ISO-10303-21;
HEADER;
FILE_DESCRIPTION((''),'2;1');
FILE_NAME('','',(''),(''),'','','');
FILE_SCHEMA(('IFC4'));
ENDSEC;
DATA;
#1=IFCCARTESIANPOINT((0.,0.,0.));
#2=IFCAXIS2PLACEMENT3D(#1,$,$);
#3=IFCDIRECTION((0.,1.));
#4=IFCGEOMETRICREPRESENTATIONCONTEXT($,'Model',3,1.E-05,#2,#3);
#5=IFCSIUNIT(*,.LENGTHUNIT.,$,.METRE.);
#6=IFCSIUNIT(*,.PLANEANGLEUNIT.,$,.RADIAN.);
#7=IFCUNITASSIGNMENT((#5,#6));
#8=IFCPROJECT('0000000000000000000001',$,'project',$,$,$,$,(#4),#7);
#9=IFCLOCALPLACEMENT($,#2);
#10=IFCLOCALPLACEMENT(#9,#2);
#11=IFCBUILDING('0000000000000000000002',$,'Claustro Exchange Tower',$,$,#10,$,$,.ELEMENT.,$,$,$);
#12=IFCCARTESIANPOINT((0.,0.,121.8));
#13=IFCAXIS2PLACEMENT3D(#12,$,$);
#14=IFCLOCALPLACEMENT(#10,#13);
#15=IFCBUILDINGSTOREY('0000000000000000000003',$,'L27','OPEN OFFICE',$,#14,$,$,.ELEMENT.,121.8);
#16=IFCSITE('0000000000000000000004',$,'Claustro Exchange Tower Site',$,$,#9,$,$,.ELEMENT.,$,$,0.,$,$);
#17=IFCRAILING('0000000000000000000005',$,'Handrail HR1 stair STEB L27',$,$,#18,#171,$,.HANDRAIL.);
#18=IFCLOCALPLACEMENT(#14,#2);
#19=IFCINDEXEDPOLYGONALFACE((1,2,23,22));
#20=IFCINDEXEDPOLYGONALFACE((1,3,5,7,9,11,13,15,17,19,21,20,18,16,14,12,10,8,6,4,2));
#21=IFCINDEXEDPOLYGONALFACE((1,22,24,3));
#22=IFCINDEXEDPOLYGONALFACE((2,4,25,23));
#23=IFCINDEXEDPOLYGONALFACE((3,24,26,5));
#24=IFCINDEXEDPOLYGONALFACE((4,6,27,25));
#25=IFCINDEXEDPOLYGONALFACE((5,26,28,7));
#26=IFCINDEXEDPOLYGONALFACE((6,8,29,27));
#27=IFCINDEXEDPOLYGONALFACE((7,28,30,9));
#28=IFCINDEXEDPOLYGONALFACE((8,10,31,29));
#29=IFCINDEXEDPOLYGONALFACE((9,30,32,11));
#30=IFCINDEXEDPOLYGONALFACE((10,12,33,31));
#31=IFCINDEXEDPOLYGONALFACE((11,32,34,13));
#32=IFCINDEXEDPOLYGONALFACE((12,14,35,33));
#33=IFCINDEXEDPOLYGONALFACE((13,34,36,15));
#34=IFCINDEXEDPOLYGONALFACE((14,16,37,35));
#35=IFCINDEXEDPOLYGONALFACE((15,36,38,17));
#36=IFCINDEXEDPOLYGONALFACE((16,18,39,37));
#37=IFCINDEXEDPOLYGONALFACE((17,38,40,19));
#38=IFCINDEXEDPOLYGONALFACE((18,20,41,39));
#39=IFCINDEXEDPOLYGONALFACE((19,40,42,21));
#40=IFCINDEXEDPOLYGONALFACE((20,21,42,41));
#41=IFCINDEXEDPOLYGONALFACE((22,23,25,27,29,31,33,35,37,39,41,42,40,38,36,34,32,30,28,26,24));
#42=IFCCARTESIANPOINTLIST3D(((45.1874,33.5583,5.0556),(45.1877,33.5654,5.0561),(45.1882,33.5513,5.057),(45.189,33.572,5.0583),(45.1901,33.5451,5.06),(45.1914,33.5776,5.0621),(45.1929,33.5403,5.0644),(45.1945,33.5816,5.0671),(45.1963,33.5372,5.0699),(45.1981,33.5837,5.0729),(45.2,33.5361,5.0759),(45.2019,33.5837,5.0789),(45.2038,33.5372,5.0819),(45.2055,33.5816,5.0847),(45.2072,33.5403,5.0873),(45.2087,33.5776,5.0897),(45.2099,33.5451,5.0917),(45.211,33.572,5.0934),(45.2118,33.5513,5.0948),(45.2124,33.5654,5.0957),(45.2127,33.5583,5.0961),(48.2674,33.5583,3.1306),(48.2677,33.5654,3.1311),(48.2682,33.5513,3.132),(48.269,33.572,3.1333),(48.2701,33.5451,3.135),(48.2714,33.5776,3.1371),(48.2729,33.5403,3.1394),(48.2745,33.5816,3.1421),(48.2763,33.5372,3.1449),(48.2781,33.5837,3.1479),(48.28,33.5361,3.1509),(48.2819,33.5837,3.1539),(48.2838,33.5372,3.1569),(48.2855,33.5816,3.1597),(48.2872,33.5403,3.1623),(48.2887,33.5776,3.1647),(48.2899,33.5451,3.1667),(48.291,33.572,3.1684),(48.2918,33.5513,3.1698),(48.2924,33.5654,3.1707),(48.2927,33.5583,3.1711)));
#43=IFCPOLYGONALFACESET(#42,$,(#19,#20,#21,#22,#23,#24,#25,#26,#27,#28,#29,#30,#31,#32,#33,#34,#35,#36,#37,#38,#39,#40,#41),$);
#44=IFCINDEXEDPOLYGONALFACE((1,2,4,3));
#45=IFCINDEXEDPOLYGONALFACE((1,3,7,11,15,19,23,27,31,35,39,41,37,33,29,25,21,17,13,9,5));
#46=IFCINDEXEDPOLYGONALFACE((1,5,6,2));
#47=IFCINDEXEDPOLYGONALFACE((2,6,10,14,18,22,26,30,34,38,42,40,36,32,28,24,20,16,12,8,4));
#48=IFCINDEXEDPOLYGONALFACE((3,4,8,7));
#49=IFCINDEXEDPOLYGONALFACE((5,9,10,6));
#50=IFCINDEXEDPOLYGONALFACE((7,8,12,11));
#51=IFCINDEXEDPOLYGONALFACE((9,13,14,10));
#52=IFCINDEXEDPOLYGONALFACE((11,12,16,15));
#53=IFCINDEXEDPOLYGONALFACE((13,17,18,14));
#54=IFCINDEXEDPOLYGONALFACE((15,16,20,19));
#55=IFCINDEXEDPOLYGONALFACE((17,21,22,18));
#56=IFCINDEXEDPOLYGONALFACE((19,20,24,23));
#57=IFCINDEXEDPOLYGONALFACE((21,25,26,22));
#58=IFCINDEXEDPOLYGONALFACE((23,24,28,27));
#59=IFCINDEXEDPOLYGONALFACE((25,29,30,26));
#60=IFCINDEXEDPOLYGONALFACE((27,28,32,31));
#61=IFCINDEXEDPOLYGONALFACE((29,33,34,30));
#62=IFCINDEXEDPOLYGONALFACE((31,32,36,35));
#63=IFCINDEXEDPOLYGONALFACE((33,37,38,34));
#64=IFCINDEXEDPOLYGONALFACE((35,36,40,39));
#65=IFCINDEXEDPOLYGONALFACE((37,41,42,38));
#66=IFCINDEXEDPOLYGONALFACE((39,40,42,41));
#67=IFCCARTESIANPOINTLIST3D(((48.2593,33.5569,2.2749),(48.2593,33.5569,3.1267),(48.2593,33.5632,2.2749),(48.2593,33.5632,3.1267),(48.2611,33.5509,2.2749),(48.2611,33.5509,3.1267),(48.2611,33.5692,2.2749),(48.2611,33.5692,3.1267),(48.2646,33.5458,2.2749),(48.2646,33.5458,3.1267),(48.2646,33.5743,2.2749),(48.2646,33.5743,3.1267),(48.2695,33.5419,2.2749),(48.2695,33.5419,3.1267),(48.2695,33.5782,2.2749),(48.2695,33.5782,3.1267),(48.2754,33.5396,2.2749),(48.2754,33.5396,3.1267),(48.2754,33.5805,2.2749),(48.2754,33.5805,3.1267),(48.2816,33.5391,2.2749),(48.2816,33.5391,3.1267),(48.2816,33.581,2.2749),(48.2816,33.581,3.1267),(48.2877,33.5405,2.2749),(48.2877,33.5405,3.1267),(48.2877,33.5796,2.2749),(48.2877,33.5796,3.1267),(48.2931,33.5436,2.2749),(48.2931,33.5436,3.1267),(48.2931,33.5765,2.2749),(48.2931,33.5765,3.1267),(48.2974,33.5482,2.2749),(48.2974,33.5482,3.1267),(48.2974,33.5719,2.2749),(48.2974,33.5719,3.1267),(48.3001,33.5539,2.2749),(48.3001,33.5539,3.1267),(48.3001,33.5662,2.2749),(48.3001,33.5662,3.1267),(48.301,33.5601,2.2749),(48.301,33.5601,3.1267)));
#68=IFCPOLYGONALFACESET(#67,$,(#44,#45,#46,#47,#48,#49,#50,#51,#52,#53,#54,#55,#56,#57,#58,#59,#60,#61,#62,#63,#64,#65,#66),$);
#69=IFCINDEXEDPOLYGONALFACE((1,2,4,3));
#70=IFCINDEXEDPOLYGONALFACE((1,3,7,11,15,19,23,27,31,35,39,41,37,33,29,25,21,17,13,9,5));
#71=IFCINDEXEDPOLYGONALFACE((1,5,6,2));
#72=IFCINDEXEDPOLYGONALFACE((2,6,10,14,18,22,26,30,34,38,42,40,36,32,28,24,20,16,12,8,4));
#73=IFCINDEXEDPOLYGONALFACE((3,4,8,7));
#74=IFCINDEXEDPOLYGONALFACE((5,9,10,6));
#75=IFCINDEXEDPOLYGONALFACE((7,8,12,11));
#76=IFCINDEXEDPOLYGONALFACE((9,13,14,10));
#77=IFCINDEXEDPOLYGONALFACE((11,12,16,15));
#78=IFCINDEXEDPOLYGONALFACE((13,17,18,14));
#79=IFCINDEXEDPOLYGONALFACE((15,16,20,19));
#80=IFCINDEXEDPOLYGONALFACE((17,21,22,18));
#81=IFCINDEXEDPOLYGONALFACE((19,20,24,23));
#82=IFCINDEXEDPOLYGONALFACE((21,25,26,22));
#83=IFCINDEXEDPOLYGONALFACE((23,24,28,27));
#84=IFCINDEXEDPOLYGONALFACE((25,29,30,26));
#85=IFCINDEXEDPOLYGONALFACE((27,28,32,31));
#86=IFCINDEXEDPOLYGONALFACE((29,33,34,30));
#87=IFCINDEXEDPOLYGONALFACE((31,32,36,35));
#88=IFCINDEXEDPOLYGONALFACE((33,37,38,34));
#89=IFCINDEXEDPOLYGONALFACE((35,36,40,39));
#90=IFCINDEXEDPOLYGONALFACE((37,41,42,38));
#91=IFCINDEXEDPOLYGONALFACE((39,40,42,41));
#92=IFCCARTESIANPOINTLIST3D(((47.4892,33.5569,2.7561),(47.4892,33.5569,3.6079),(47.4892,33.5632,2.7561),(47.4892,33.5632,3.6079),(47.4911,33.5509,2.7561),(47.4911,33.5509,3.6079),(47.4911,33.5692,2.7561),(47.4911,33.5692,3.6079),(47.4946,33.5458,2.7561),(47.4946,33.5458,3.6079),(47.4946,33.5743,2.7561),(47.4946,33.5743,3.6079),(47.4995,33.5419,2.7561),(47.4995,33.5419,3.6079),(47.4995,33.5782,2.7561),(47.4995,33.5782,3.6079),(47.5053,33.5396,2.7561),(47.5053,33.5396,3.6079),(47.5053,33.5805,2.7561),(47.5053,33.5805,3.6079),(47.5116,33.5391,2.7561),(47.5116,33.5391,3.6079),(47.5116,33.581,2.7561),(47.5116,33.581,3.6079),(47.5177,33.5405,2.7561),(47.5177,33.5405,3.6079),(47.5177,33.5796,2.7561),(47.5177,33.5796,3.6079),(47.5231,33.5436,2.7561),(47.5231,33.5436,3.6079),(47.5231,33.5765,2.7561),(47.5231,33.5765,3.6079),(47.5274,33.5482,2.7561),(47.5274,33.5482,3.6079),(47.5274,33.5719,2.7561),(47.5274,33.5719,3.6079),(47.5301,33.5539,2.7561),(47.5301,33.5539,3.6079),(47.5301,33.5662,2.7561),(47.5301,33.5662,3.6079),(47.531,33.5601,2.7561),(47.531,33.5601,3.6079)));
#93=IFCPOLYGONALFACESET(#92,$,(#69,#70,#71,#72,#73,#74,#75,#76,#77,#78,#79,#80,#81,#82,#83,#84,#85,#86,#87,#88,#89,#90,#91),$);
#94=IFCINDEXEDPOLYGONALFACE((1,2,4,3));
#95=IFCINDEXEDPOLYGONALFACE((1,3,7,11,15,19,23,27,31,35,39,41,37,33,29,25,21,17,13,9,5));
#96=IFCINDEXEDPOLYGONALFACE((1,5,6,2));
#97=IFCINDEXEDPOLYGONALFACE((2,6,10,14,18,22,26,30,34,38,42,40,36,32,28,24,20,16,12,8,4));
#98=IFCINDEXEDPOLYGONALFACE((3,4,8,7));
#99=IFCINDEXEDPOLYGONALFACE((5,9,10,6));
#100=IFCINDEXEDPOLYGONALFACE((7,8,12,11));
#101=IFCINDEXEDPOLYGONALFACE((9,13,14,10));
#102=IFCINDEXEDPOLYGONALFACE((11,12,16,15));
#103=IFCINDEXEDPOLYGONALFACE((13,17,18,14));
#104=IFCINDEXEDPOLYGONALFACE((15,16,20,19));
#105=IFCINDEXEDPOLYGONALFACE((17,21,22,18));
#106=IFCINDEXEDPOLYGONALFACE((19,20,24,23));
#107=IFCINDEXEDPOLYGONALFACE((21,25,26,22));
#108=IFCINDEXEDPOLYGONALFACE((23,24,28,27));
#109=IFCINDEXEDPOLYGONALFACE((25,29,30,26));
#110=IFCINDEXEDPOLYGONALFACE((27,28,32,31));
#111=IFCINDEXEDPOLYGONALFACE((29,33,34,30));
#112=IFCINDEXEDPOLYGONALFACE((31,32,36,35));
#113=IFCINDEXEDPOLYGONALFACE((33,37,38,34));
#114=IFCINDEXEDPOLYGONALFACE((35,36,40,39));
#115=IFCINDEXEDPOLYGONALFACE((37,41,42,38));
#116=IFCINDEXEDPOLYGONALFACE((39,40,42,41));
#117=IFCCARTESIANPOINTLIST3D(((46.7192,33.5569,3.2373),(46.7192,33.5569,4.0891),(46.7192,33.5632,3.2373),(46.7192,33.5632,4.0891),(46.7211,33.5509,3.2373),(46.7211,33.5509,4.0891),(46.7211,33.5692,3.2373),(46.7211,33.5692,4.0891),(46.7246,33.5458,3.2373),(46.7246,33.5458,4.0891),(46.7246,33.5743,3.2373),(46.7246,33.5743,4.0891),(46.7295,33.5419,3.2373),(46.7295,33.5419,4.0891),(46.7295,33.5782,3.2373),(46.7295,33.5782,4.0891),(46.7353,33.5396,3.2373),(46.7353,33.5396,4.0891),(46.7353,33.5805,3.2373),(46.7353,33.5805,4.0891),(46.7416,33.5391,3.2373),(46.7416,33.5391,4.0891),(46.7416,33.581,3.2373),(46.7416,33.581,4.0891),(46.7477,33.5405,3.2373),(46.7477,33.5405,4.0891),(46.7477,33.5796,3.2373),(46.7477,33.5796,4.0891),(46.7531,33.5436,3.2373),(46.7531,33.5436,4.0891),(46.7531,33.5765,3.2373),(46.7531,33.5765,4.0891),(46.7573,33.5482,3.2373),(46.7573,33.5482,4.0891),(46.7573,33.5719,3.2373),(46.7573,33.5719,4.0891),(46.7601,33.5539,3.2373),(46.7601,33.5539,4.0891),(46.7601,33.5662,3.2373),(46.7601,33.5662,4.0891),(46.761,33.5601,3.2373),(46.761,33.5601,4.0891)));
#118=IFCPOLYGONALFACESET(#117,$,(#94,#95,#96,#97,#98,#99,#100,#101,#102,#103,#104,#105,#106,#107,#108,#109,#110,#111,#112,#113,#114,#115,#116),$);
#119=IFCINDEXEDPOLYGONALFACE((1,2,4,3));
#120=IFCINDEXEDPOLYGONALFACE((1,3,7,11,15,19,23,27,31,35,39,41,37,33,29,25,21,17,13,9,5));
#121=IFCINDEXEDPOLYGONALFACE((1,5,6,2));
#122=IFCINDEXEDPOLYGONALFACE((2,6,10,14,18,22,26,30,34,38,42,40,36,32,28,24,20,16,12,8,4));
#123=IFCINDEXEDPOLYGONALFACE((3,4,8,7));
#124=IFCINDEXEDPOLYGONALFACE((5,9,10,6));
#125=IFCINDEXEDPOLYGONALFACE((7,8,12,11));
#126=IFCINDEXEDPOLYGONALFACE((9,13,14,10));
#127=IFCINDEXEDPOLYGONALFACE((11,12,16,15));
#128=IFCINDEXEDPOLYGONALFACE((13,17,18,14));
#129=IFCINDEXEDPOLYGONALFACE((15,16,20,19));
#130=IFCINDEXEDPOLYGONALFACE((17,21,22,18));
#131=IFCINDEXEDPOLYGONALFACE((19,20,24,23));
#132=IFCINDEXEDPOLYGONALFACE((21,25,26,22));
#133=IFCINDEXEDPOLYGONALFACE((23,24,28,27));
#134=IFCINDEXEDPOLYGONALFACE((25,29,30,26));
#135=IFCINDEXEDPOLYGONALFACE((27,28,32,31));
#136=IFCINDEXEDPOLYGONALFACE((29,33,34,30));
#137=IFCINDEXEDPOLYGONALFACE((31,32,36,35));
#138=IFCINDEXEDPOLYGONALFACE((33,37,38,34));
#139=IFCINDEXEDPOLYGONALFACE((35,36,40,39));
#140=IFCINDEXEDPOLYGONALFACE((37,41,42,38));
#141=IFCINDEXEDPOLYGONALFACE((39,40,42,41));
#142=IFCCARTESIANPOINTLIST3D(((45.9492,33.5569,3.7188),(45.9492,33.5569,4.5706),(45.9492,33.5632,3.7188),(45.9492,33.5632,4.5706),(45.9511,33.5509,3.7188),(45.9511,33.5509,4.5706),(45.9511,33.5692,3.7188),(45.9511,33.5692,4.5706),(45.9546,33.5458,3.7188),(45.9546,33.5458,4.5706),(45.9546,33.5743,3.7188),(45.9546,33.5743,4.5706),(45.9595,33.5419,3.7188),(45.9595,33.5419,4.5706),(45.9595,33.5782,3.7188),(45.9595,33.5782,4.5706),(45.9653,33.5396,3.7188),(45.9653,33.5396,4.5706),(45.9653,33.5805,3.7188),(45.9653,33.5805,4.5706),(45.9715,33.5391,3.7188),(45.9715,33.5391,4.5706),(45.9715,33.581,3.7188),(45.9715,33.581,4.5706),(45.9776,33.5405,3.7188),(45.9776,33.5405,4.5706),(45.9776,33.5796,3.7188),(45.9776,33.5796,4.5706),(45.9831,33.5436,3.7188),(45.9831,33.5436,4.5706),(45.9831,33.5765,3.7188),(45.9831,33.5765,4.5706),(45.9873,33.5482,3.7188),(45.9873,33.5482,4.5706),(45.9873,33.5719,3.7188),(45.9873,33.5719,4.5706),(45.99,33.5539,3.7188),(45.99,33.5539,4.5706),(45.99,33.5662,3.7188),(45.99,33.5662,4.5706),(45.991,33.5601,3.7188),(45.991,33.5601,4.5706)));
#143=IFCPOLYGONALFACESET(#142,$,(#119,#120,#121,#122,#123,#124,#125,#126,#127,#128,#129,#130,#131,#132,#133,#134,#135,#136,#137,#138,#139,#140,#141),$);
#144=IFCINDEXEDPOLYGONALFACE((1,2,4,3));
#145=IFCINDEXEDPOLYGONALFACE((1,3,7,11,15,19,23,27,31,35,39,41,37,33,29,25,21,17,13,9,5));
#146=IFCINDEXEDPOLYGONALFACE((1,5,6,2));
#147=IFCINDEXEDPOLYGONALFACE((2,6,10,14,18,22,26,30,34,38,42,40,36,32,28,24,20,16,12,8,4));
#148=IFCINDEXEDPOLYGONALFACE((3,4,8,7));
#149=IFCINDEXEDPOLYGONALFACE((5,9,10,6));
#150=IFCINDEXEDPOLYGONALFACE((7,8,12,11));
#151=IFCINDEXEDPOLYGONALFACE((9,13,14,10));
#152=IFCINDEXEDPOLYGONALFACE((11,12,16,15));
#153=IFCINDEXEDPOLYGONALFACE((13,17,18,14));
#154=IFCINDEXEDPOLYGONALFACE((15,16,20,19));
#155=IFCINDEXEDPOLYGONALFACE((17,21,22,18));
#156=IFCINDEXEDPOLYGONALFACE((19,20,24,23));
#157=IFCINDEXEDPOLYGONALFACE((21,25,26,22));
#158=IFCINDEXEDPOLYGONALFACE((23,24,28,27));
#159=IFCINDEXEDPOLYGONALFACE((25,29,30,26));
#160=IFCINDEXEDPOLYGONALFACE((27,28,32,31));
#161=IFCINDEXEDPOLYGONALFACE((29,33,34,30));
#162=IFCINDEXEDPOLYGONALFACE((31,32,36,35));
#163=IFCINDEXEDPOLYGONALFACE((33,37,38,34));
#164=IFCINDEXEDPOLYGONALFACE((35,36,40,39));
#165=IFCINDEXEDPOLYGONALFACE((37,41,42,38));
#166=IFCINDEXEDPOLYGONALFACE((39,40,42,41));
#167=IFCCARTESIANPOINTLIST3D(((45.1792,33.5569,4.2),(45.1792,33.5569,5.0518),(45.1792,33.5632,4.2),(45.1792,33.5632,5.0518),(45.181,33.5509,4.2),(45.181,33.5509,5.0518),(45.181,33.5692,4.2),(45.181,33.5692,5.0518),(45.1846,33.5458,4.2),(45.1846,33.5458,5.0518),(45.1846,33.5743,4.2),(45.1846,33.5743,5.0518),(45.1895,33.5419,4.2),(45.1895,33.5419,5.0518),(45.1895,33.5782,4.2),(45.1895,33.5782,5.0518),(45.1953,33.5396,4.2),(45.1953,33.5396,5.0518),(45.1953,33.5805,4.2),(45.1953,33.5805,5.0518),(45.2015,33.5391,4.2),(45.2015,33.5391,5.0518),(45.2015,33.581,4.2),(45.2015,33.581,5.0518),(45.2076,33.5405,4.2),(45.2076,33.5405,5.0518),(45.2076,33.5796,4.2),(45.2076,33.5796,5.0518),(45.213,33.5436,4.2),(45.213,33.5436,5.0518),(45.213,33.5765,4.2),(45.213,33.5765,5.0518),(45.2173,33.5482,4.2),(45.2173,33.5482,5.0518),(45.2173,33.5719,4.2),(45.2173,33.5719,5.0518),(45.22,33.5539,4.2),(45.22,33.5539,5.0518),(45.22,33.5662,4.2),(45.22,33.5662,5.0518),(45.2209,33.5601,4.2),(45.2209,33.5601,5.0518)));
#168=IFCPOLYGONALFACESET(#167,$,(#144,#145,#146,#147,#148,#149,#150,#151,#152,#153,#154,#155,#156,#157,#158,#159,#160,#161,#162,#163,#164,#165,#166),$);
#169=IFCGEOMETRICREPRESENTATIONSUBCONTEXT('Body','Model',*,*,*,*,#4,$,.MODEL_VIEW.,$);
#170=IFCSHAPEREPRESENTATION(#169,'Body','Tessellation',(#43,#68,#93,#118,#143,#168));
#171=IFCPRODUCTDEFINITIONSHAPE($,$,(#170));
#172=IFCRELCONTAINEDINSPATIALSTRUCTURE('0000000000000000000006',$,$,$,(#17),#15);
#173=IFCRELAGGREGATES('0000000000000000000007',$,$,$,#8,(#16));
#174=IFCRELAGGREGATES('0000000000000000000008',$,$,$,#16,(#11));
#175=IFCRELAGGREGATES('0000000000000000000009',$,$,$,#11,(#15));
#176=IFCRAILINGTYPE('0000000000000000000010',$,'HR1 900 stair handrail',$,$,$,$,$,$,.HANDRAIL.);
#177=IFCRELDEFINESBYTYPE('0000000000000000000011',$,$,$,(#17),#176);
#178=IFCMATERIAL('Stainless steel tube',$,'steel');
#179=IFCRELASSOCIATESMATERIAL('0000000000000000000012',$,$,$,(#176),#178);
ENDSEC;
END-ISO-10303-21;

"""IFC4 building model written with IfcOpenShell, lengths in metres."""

from ifc_helpers import new_model, si_unit, direction, frame, origin, origin_2d, place, context, subcontext, project, spatial, circle, extrude, material, type_object, element, save


model = new_model("IFC4")

# Units and contexts
model_context = context("Model", 3, precision=1e-05, world=origin(), true_north=direction((0.0, 1.0)))
body_context = subcontext(model_context, "Body", "Model", "MODEL_VIEW")
ifc_project = project(units=[si_unit("LENGTHUNIT", "METRE"), si_unit("PLANEANGLEUNIT", "RADIAN")], contexts=[model_context])

# Site, building, storey
site_placement = place(None, origin())
site = spatial("IfcSite", under=ifc_project, at=site_placement, Name="Claustro Exchange Tower Site", CompositionType="ELEMENT", RefElevation=0.0)
building_placement = place(site_placement, origin())
building = spatial("IfcBuilding", under=site, at=building_placement, Name="Claustro Exchange Tower", CompositionType="ELEMENT")
storey_placement = place(building_placement, frame((0.0, 0.0, 121.8)))
storey = spatial("IfcBuildingStorey", under=building, at=storey_placement, Name="L27", Description="OPEN OFFICE", CompositionType="ELEMENT", Elevation=121.8)

# Railing
ifc_material_1 = material(Name="Stainless steel tube", Category="steel")
railing_type_1 = type_object("IfcRailingType", Name="HR1 900 stair handrail", PredefinedType="HANDRAIL", material=ifc_material_1)
railing_1_placement = place(storey_placement, frame((48.28, 33.5601, 2.2749)))
element("IfcRailing", 1, at=railing_1_placement, inside=storey, type_object=railing_type_1, Name="Handrail HR1 stair STEB L27", PredefinedType="HANDRAIL", context=body_context, shape_type="SweptSolid", body=[
    extrude(circle(Radius=0.0239, at=origin_2d()), frame((0.0, 0.0, 0.876), z_axis=(-0.847998, 0.0, 0.529999), x_axis=(0.0, -1.0, 0.0)), (0.0, 0.0, 1.0), 3.6321),
    extrude(circle(Radius=0.021, at=origin_2d()), origin(), (0.0, 0.0, 1.0), 0.8518),
    extrude(circle(Radius=0.021, at=origin_2d()), frame((-0.77, 0.0, 0.4812)), (0.0, 0.0, 1.0), 0.8518),
    extrude(circle(Radius=0.021, at=origin_2d()), frame((-1.54, 0.0, 0.9624)), (0.0, 0.0, 1.0), 0.8518),
    extrude(circle(Radius=0.021, at=origin_2d()), frame((-2.3101, 0.0, 1.4438)), (0.0, 0.0, 1.0), 0.8518),
    extrude(circle(Radius=0.021, at=origin_2d()), frame((-3.0801, 0.0, 1.925)), (0.0, 0.0, 1.0), 0.8518),
])

save(model, "model.ifc")
